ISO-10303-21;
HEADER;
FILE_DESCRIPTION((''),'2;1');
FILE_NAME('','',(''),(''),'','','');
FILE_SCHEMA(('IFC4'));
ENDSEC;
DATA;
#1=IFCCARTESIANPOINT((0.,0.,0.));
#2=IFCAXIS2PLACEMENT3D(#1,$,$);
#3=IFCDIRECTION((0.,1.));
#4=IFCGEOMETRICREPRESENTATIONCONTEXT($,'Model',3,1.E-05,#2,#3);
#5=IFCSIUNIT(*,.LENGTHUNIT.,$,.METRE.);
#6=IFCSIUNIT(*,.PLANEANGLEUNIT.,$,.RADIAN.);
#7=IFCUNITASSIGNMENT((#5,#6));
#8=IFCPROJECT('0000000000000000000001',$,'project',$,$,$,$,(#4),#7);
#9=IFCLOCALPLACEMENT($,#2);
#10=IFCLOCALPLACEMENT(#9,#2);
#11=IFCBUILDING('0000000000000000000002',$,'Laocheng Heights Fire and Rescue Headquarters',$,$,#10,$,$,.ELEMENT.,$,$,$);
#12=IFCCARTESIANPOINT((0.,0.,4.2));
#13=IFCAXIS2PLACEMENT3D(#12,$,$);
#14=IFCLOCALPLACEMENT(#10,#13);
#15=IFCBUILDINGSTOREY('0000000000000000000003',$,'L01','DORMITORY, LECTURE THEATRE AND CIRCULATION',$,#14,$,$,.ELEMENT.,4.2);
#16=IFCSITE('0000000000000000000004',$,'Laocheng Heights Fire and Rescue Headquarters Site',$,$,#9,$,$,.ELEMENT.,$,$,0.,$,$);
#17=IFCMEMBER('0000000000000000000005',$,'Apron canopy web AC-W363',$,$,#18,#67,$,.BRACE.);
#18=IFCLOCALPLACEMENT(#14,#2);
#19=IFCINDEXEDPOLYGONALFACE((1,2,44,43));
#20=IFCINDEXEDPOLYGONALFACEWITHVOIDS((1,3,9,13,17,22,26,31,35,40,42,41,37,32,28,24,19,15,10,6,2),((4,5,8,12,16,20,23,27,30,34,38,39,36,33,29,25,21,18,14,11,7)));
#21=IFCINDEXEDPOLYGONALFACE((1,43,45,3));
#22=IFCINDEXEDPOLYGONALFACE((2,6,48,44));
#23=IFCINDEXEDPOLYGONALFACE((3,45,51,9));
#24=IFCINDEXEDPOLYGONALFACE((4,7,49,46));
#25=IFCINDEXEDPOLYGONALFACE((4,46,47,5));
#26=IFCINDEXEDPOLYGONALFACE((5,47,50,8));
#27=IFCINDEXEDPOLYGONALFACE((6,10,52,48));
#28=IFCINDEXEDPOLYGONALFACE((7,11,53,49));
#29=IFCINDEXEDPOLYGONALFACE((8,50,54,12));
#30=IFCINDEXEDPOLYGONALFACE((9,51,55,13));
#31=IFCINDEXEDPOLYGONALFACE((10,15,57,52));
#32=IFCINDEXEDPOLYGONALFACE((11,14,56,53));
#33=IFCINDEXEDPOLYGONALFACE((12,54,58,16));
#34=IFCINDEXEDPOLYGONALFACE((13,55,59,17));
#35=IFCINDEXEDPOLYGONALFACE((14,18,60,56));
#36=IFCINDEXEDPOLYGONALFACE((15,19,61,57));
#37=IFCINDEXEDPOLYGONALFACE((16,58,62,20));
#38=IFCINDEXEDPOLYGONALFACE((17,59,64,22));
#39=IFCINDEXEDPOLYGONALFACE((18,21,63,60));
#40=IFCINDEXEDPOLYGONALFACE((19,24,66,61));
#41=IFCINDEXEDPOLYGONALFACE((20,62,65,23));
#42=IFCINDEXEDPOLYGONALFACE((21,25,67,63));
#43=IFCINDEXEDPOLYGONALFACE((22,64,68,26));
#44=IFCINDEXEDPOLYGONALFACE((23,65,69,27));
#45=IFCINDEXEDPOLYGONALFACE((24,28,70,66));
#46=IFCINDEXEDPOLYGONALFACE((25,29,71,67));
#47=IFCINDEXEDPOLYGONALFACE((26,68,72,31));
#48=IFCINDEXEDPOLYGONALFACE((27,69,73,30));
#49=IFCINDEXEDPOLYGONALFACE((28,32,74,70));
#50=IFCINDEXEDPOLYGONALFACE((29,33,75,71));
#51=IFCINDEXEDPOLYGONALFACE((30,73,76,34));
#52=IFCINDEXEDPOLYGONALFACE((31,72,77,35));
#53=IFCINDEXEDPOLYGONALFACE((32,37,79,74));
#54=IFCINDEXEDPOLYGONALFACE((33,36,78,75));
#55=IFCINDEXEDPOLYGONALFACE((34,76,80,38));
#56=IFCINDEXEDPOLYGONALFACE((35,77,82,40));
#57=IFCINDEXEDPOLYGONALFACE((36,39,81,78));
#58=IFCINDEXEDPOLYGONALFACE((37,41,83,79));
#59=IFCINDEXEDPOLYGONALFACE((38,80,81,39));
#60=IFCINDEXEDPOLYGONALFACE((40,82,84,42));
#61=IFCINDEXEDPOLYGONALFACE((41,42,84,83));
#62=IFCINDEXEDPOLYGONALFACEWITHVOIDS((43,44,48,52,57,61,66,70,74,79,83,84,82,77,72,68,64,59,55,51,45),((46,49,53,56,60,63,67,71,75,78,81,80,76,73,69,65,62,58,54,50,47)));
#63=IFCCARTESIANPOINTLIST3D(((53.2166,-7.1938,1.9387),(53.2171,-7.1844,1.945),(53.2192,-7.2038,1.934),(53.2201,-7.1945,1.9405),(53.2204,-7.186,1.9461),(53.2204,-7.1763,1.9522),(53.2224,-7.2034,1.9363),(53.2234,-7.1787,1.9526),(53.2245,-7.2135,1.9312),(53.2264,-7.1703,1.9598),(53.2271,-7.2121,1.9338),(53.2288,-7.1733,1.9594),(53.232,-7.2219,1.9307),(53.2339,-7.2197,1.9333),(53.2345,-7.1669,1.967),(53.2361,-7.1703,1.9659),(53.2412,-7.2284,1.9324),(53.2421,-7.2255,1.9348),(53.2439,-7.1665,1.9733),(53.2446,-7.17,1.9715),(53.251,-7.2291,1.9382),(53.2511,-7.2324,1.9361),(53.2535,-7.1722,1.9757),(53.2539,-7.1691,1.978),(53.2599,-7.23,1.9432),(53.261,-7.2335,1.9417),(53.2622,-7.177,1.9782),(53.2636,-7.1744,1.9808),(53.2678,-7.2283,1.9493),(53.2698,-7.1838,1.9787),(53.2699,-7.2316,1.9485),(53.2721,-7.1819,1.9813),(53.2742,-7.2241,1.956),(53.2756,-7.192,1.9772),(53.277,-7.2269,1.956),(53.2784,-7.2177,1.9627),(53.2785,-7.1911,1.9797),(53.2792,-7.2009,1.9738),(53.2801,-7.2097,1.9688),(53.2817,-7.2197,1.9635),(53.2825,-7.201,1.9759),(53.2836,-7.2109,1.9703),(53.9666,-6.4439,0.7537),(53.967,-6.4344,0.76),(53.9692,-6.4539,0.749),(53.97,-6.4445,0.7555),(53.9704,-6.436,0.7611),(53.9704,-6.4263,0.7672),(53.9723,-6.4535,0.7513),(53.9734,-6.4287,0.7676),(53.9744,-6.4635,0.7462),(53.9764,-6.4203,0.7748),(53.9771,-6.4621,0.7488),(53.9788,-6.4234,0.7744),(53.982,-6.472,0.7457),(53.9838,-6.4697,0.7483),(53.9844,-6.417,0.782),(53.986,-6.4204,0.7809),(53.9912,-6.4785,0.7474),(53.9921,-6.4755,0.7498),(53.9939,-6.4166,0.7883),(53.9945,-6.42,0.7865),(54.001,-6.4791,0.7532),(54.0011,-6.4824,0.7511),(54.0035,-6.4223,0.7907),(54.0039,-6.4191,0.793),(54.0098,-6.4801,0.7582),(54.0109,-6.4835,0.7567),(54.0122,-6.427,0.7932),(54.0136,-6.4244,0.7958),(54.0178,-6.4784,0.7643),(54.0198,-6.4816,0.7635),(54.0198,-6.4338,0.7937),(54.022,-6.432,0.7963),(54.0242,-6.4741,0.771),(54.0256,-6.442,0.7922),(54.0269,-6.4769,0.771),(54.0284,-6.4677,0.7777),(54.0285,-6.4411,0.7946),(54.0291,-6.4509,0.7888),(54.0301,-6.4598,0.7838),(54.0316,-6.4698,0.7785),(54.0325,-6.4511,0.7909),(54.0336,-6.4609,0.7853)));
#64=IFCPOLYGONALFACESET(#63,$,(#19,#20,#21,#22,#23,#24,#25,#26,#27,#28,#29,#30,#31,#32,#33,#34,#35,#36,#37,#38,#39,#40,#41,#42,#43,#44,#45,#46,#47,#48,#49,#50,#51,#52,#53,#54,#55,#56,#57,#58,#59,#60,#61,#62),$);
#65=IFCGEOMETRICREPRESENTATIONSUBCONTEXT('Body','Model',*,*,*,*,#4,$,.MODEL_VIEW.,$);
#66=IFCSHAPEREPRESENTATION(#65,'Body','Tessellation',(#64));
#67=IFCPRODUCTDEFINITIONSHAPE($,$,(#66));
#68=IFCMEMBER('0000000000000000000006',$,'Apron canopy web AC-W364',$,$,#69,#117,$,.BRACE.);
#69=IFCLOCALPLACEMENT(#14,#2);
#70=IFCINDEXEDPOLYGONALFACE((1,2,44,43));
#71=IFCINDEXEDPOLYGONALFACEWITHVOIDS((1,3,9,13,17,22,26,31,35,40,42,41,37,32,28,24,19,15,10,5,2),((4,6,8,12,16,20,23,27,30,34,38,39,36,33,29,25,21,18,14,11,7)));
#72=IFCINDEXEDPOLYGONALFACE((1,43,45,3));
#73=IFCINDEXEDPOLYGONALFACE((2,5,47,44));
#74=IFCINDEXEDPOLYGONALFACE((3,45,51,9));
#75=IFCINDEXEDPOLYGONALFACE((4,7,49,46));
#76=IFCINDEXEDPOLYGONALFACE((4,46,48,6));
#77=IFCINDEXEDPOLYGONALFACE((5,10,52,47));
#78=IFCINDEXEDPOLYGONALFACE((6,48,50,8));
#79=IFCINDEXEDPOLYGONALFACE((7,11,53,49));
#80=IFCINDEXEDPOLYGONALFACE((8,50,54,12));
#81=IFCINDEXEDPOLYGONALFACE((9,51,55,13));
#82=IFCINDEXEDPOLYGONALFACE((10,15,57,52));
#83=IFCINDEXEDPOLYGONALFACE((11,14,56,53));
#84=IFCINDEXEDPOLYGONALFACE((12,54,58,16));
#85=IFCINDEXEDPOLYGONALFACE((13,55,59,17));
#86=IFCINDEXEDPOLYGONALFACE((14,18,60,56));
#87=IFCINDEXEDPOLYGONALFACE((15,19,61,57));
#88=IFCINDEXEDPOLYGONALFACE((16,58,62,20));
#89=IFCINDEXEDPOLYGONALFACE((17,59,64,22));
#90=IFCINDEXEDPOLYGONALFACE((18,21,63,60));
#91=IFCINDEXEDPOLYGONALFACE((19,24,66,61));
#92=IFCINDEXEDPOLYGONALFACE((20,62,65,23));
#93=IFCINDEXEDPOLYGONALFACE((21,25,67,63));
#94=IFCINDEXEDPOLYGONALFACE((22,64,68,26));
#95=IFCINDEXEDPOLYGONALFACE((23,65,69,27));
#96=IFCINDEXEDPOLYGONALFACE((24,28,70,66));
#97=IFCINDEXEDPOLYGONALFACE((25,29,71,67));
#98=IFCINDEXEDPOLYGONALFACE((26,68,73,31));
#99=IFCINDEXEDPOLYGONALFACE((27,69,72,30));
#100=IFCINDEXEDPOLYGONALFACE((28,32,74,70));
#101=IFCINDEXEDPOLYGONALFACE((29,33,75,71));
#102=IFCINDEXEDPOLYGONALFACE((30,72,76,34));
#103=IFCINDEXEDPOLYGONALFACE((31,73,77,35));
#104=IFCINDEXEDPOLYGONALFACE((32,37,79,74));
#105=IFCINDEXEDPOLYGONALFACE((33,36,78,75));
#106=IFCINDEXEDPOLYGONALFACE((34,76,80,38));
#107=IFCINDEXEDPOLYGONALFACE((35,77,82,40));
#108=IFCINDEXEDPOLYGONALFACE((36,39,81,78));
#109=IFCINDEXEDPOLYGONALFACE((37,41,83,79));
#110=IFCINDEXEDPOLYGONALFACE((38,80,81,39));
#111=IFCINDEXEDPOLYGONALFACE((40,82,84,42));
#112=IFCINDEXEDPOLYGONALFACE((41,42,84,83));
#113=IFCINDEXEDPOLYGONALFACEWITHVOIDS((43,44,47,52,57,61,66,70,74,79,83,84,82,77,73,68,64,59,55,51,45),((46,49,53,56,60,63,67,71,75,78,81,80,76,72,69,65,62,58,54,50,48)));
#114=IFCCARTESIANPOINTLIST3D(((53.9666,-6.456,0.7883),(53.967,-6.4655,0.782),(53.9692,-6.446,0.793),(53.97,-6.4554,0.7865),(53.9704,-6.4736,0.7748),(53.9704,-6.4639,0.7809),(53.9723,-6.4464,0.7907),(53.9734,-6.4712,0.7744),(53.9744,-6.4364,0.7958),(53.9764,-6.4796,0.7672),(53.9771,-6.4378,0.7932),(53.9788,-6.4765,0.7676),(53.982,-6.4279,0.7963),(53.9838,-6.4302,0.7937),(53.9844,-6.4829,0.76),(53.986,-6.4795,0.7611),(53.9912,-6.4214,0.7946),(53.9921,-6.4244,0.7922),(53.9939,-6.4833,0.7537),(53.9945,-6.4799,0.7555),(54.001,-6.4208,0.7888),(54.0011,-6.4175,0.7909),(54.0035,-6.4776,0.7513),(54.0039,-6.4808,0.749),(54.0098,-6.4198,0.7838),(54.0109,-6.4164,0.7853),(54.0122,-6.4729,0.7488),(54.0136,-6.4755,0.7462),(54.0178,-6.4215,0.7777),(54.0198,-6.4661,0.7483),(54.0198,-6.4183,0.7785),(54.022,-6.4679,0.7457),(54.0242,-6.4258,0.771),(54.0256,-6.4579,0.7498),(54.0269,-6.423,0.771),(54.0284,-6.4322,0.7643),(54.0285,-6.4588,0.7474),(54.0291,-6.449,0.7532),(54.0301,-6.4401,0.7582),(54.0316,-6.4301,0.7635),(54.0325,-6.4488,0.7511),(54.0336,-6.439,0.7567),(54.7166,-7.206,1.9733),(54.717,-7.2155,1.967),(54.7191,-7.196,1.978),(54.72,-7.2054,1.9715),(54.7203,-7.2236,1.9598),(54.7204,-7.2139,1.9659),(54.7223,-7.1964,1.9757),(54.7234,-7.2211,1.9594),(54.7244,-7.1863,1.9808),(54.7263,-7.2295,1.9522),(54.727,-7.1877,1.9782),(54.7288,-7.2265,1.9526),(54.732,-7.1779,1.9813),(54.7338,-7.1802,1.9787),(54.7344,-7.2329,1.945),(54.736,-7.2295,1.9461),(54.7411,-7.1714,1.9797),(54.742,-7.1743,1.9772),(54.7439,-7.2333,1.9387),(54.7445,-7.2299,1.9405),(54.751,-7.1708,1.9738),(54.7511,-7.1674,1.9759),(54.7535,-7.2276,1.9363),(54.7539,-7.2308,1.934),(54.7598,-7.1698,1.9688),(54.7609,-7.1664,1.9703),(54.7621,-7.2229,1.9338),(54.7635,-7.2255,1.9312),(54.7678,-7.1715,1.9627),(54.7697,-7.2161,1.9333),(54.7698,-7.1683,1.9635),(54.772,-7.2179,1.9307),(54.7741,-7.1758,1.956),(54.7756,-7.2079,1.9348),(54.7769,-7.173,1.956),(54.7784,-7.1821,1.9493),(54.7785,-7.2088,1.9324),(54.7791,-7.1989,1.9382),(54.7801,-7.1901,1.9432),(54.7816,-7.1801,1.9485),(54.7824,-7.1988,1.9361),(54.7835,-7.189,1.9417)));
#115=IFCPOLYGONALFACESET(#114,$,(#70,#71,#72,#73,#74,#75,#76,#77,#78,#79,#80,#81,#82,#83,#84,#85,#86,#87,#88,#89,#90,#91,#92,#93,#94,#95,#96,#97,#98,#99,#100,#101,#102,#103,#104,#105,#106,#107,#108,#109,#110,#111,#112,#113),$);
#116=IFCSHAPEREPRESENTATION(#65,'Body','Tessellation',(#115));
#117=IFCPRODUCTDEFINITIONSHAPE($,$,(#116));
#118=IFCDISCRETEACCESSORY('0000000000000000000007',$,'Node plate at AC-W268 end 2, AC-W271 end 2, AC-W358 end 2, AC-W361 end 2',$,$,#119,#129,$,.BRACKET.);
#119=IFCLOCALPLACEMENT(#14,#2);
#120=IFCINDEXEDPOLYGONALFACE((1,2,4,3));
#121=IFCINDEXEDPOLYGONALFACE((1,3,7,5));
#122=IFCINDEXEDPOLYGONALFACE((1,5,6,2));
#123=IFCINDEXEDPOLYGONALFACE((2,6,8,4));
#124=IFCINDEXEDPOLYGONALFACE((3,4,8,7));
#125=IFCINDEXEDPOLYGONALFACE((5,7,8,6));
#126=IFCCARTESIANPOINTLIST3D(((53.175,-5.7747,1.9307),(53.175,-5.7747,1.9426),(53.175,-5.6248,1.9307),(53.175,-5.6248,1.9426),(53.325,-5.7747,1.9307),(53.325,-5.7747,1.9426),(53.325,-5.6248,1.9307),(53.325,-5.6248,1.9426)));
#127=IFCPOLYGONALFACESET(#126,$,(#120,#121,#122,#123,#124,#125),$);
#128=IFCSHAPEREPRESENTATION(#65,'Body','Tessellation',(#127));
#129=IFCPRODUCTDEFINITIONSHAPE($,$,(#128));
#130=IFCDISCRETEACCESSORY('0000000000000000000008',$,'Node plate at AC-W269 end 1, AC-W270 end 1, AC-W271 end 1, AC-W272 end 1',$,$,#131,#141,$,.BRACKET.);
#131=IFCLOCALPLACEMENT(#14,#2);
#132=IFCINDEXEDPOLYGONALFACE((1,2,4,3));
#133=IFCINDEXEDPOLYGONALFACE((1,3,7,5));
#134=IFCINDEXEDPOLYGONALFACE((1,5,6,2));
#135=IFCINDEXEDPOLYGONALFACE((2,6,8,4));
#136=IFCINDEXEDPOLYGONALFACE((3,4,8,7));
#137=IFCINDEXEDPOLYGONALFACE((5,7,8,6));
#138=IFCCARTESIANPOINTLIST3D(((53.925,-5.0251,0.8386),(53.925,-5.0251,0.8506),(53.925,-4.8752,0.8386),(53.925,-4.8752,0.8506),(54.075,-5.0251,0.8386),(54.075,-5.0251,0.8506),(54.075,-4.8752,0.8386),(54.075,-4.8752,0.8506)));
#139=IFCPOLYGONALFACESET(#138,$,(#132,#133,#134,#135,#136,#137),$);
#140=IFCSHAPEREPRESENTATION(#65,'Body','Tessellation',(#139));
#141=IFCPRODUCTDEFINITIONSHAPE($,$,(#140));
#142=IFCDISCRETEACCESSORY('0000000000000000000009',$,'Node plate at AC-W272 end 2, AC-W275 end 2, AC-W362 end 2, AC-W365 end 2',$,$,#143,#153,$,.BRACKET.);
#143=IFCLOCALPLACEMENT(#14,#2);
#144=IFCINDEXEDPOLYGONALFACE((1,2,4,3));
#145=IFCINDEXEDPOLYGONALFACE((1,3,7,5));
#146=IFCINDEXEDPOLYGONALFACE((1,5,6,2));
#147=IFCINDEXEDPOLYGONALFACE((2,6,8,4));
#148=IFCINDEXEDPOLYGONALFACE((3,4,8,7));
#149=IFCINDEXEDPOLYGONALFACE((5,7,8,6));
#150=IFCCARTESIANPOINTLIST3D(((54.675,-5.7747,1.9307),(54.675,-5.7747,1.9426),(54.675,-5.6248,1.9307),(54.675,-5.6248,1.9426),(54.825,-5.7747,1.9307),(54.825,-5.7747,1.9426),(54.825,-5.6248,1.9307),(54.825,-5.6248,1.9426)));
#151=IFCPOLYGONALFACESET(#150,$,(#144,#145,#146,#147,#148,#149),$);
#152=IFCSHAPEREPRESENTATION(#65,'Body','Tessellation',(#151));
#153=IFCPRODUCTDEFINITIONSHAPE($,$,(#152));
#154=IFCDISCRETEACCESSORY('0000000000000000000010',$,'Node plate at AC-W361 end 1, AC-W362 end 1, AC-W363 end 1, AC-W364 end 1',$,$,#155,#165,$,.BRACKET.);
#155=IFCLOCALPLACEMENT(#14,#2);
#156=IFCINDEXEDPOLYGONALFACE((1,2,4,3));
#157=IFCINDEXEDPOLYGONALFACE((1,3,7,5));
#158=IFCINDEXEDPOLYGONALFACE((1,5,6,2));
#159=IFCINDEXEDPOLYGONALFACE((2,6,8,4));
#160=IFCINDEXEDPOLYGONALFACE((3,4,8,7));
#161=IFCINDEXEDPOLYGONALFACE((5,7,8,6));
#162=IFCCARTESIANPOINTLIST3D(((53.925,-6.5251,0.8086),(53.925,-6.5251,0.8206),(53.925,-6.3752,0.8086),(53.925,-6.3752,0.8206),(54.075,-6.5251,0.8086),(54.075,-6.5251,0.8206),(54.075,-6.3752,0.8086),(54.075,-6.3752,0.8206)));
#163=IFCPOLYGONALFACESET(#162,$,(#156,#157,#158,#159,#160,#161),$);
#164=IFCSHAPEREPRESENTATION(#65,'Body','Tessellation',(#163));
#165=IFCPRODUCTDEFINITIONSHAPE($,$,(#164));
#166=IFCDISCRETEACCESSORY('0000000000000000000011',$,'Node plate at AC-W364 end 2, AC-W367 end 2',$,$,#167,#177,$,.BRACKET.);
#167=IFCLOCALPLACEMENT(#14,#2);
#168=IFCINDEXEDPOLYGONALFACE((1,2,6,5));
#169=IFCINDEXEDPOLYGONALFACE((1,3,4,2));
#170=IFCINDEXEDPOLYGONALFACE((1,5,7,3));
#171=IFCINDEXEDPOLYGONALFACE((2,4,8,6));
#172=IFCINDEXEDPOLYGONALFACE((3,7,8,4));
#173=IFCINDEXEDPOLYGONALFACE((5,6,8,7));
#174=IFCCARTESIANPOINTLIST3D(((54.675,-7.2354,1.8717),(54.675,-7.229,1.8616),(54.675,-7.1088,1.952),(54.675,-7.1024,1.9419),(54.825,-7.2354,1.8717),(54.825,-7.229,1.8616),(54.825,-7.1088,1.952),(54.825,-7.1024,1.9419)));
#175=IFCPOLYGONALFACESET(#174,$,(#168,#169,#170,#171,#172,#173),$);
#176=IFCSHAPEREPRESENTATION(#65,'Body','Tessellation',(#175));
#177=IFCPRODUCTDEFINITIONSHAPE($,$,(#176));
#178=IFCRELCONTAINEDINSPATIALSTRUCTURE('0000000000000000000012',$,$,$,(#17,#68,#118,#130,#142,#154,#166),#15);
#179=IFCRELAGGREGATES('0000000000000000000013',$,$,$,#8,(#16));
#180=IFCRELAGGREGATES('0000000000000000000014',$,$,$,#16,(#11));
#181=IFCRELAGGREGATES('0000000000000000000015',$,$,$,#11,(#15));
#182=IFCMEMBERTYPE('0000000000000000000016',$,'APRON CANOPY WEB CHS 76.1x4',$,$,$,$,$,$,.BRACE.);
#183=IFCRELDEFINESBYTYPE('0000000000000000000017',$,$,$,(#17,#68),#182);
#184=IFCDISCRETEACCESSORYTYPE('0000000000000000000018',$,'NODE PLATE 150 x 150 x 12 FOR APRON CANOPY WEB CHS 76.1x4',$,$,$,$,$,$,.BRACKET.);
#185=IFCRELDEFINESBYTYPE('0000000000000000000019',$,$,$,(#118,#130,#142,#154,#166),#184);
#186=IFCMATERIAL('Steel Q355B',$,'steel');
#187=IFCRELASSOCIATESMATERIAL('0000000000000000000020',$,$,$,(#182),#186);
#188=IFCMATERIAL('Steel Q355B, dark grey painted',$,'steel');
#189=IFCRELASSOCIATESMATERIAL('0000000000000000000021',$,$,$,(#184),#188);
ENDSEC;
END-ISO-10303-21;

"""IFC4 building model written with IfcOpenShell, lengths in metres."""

from ifc_helpers import new_model, si_unit, direction, frame, origin, origin_2d, place, context, subcontext, project, spatial, rectangle, hollow_circle, extrude, material, material_profile, profile_set, type_object, element, save


model = new_model("IFC4")

# Units and contexts
model_context = context("Model", 3, precision=1e-05, world=origin(), true_north=direction((0.0, 1.0)))
body_context = subcontext(model_context, "Body", "Model", "MODEL_VIEW")
ifc_project = project(units=[si_unit("LENGTHUNIT", "METRE"), si_unit("PLANEANGLEUNIT", "RADIAN")], contexts=[model_context])

# Site, building, storey
site_placement = place(None, origin())
site = spatial("IfcSite", under=ifc_project, at=site_placement, Name="Laocheng Heights Fire and Rescue Headquarters Site", CompositionType="ELEMENT", RefElevation=0.0)
building_placement = place(site_placement, origin())
building = spatial("IfcBuilding", under=site, at=building_placement, Name="Laocheng Heights Fire and Rescue Headquarters", CompositionType="ELEMENT")
storey_placement = place(building_placement, frame((0.0, 0.0, 4.2)))
storey = spatial("IfcBuildingStorey", under=building, at=storey_placement, Name="L01", Description="DORMITORY, LECTURE THEATRE AND CIRCULATION", CompositionType="ELEMENT", Elevation=4.2)

# Members
ifc_material_1 = material(Name="Steel Q355B", Category="steel")
ifc_material_profile_1 = material_profile(ifc_material_1, hollow_circle(Radius=0.0381, WallThickness=0.0039, at=origin_2d()), Name="CHS 76.1x4")
ifc_profile_set_1 = profile_set([ifc_material_profile_1], Name="Steel Q355B")
member_type_1 = type_object("IfcMemberType", Name="APRON CANOPY WEB CHS 76.1x4", PredefinedType="BRACE", material=ifc_profile_set_1)
for number, where, z_axis, x_axis, name in (
    (1, (54.0, -6.45, 0.771), (-0.47158, -0.47158, 0.745134), (0.707107, -0.707107, 0.0), "Apron canopy web AC-W363"),
    (2, (54.0, -6.45, 0.771), (0.47158, -0.47158, 0.745134), (0.707107, 0.707107, 0.0), "Apron canopy web AC-W364"),
):
    element("IfcMember", number, at=place(storey_placement, frame(where, z_axis=z_axis, x_axis=x_axis)), inside=storey, type_object=member_type_1, Name=name, PredefinedType="BRACE", context=body_context, shape_type="SweptSolid", body=[
        extrude(hollow_circle(Radius=0.0381, WallThickness=0.0039, at=origin_2d()), origin(), (0.0, 0.0, 1.0), 1.5903),
    ])

# Discrete accessories
ifc_material_2 = material(Name="Steel Q355B, dark grey painted", Category="steel")
ifc_material_profile_2 = material_profile(ifc_material_2, rectangle(XDim=0.1499, YDim=0.1499, at=origin_2d()), Name="NODE PLATE 150 x 150 x 12 FOR APRON CANOPY WEB CHS 76.1x4")
ifc_profile_set_2 = profile_set([ifc_material_profile_2], Name="Steel Q355B, dark grey painted")
discrete_accessory_type = type_object("IfcDiscreteAccessoryType", Name="NODE PLATE 150 x 150 x 12 FOR APRON CANOPY WEB CHS 76.1x4", PredefinedType="BRACKET", material=ifc_profile_set_2)
for number, where, z_axis, x_axis, name in (
    (3, (53.25, -5.6997, 1.9426), (0.0, 0.0, -1.0), (1.0, 0.0, 0.0), "Node plate at AC-W268 end 2, AC-W271 end 2, AC-W358 end 2, AC-W361 end 2"),
    (4, (54.0, -4.9502, 0.8386), (0.0, 0.0, 1.0), (1.0, 0.0, 0.0), "Node plate at AC-W269 end 1, AC-W270 end 1, AC-W271 end 1, AC-W272 end 1"),
    (5, (54.75, -5.6997, 1.9426), (0.0, 0.0, -1.0), (1.0, 0.0, 0.0), "Node plate at AC-W272 end 2, AC-W275 end 2, AC-W362 end 2, AC-W365 end 2"),
    (6, (54.0, -6.4502, 0.8086), (0.0, 0.0, 1.0), (1.0, 0.0, 0.0), "Node plate at AC-W361 end 1, AC-W362 end 1, AC-W363 end 1, AC-W364 end 1"),
    (7, (54.75, -7.1721, 1.9119), (0.0, 0.535542, -0.844509), (-1.0, 0.0, 0.0), "Node plate at AC-W364 end 2, AC-W367 end 2"),
):
    element("IfcDiscreteAccessory", number, at=place(storey_placement, frame(where, z_axis=z_axis, x_axis=x_axis)), inside=storey, type_object=discrete_accessory_type, Name=name, PredefinedType="BRACKET", context=body_context, shape_type="SweptSolid", body=[
        extrude(rectangle(XDim=0.1499, YDim=0.1499, at=origin_2d()), origin(), (0.0, 0.0, 1.0), 0.012),
    ])

save(model, "model.ifc")
